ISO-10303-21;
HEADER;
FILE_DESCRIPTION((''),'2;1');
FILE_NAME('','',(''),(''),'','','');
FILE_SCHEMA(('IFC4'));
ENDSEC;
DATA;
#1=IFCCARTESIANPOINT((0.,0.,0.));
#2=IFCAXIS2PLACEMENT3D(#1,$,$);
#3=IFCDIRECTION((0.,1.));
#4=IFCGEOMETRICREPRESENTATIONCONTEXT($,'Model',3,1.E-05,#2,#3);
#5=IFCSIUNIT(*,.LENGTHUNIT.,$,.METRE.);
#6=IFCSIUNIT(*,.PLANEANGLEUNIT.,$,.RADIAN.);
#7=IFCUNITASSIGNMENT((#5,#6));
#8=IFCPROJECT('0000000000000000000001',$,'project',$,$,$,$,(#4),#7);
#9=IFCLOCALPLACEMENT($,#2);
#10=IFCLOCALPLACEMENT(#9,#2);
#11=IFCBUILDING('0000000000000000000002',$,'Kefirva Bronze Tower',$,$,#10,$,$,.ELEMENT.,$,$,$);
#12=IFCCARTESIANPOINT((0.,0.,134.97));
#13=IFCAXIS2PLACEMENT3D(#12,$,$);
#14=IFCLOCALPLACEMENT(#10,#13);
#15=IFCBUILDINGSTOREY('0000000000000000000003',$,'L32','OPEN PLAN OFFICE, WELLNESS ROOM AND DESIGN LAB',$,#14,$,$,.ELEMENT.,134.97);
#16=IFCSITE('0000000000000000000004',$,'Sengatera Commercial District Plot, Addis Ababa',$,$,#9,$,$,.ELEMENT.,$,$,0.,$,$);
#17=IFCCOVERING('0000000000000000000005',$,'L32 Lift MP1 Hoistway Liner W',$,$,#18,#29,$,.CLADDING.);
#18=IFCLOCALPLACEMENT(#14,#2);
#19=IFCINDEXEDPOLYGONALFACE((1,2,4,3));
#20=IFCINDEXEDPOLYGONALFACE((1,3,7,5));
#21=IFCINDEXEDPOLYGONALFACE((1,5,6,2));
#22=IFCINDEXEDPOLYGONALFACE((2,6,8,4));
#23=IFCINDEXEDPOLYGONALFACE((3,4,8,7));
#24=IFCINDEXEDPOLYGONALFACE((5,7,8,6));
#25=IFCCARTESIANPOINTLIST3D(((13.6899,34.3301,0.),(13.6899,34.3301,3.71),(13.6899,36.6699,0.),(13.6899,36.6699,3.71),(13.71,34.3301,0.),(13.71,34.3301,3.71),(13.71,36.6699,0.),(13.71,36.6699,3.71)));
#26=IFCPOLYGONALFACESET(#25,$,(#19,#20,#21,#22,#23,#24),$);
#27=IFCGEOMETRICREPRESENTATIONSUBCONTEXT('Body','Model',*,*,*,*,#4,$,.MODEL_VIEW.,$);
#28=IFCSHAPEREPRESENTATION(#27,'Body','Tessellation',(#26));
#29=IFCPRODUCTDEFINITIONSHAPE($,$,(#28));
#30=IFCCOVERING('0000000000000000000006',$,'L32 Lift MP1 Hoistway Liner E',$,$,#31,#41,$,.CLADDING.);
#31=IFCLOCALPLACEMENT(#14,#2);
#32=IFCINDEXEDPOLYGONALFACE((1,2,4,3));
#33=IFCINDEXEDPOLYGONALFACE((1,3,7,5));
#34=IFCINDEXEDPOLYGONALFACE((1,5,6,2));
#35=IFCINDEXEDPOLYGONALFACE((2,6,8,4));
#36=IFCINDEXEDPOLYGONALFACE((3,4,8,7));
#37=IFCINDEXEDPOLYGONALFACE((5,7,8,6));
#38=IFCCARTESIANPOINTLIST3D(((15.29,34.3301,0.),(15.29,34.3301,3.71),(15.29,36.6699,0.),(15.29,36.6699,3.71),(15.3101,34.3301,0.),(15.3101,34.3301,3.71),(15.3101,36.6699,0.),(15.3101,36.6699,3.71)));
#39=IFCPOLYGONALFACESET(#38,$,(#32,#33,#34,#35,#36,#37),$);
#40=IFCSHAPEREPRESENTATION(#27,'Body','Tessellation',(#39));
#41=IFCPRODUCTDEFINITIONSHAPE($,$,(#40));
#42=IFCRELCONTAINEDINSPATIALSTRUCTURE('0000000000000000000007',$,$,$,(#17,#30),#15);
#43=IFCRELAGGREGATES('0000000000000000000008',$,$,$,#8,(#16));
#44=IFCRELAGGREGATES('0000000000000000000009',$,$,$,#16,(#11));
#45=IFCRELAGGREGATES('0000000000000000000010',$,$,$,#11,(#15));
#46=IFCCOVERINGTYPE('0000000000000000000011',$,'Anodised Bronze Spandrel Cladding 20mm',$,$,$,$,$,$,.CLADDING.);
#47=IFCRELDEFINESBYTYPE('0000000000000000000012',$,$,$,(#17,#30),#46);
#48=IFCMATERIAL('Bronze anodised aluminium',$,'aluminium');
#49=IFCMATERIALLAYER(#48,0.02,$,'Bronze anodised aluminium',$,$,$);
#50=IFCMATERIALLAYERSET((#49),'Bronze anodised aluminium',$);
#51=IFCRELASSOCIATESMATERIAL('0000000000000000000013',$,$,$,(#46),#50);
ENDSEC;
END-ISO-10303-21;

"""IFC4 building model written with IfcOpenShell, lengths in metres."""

from ifc_helpers import new_model, si_unit, direction, frame, origin, place, context, subcontext, project, spatial, polyline, outline, extrude, material, layer, layer_set, type_object, element, save


model = new_model("IFC4")

# Units and contexts
model_context = context("Model", 3, precision=1e-05, world=origin(), true_north=direction((0.0, 1.0)))
body_context = subcontext(model_context, "Body", "Model", "MODEL_VIEW")
ifc_project = project(units=[si_unit("LENGTHUNIT", "METRE"), si_unit("PLANEANGLEUNIT", "RADIAN")], contexts=[model_context])

# Site, building, storey
site_placement = place(None, origin())
site = spatial("IfcSite", under=ifc_project, at=site_placement, Name="Sengatera Commercial District Plot, Addis Ababa", CompositionType="ELEMENT", RefElevation=0.0)
building_placement = place(site_placement, origin())
building = spatial("IfcBuilding", under=site, at=building_placement, Name="Kefirva Bronze Tower", CompositionType="ELEMENT")
storey_placement = place(building_placement, frame((0.0, 0.0, 134.97)))
storey = spatial("IfcBuildingStorey", under=building, at=storey_placement, Name="L32", Description="OPEN PLAN OFFICE, WELLNESS ROOM AND DESIGN LAB", CompositionType="ELEMENT", Elevation=134.97)

# Coverings
ifc_material_1 = material(Name="Bronze anodised aluminium", Category="aluminium")
ifc_layer_1 = layer(ifc_material_1, 0.02, Name="Bronze anodised aluminium")
ifc_layer_set_1 = layer_set([ifc_layer_1], Name="Bronze anodised aluminium")
covering_type = type_object("IfcCoveringType", Name="Anodised Bronze Spandrel Cladding 20mm", PredefinedType="CLADDING", material=ifc_layer_set_1)
covering_1_placement = place(storey_placement, origin())
element("IfcCovering", 1, at=covering_1_placement, inside=storey, type_object=covering_type, Name="L32 Lift MP1 Hoistway Liner W", PredefinedType="CLADDING", context=body_context, shape_type="SweptSolid", body=[
    extrude(outline(polyline([(13.6899, 34.3301), (13.71, 34.3301), (13.71, 36.6699), (13.6899, 36.6699), (13.6899, 34.3301)])), origin(), (0.0, 0.0, 1.0), 3.71),
])
covering_2_placement = place(storey_placement, origin())
element("IfcCovering", 2, at=covering_2_placement, inside=storey, type_object=covering_type, Name="L32 Lift MP1 Hoistway Liner E", PredefinedType="CLADDING", context=body_context, shape_type="SweptSolid", body=[
    extrude(outline(polyline([(15.29, 34.3301), (15.3101, 34.3301), (15.3101, 36.6699), (15.29, 36.6699), (15.29, 34.3301)])), origin(), (0.0, 0.0, 1.0), 3.71),
])

save(model, "model.ifc")
